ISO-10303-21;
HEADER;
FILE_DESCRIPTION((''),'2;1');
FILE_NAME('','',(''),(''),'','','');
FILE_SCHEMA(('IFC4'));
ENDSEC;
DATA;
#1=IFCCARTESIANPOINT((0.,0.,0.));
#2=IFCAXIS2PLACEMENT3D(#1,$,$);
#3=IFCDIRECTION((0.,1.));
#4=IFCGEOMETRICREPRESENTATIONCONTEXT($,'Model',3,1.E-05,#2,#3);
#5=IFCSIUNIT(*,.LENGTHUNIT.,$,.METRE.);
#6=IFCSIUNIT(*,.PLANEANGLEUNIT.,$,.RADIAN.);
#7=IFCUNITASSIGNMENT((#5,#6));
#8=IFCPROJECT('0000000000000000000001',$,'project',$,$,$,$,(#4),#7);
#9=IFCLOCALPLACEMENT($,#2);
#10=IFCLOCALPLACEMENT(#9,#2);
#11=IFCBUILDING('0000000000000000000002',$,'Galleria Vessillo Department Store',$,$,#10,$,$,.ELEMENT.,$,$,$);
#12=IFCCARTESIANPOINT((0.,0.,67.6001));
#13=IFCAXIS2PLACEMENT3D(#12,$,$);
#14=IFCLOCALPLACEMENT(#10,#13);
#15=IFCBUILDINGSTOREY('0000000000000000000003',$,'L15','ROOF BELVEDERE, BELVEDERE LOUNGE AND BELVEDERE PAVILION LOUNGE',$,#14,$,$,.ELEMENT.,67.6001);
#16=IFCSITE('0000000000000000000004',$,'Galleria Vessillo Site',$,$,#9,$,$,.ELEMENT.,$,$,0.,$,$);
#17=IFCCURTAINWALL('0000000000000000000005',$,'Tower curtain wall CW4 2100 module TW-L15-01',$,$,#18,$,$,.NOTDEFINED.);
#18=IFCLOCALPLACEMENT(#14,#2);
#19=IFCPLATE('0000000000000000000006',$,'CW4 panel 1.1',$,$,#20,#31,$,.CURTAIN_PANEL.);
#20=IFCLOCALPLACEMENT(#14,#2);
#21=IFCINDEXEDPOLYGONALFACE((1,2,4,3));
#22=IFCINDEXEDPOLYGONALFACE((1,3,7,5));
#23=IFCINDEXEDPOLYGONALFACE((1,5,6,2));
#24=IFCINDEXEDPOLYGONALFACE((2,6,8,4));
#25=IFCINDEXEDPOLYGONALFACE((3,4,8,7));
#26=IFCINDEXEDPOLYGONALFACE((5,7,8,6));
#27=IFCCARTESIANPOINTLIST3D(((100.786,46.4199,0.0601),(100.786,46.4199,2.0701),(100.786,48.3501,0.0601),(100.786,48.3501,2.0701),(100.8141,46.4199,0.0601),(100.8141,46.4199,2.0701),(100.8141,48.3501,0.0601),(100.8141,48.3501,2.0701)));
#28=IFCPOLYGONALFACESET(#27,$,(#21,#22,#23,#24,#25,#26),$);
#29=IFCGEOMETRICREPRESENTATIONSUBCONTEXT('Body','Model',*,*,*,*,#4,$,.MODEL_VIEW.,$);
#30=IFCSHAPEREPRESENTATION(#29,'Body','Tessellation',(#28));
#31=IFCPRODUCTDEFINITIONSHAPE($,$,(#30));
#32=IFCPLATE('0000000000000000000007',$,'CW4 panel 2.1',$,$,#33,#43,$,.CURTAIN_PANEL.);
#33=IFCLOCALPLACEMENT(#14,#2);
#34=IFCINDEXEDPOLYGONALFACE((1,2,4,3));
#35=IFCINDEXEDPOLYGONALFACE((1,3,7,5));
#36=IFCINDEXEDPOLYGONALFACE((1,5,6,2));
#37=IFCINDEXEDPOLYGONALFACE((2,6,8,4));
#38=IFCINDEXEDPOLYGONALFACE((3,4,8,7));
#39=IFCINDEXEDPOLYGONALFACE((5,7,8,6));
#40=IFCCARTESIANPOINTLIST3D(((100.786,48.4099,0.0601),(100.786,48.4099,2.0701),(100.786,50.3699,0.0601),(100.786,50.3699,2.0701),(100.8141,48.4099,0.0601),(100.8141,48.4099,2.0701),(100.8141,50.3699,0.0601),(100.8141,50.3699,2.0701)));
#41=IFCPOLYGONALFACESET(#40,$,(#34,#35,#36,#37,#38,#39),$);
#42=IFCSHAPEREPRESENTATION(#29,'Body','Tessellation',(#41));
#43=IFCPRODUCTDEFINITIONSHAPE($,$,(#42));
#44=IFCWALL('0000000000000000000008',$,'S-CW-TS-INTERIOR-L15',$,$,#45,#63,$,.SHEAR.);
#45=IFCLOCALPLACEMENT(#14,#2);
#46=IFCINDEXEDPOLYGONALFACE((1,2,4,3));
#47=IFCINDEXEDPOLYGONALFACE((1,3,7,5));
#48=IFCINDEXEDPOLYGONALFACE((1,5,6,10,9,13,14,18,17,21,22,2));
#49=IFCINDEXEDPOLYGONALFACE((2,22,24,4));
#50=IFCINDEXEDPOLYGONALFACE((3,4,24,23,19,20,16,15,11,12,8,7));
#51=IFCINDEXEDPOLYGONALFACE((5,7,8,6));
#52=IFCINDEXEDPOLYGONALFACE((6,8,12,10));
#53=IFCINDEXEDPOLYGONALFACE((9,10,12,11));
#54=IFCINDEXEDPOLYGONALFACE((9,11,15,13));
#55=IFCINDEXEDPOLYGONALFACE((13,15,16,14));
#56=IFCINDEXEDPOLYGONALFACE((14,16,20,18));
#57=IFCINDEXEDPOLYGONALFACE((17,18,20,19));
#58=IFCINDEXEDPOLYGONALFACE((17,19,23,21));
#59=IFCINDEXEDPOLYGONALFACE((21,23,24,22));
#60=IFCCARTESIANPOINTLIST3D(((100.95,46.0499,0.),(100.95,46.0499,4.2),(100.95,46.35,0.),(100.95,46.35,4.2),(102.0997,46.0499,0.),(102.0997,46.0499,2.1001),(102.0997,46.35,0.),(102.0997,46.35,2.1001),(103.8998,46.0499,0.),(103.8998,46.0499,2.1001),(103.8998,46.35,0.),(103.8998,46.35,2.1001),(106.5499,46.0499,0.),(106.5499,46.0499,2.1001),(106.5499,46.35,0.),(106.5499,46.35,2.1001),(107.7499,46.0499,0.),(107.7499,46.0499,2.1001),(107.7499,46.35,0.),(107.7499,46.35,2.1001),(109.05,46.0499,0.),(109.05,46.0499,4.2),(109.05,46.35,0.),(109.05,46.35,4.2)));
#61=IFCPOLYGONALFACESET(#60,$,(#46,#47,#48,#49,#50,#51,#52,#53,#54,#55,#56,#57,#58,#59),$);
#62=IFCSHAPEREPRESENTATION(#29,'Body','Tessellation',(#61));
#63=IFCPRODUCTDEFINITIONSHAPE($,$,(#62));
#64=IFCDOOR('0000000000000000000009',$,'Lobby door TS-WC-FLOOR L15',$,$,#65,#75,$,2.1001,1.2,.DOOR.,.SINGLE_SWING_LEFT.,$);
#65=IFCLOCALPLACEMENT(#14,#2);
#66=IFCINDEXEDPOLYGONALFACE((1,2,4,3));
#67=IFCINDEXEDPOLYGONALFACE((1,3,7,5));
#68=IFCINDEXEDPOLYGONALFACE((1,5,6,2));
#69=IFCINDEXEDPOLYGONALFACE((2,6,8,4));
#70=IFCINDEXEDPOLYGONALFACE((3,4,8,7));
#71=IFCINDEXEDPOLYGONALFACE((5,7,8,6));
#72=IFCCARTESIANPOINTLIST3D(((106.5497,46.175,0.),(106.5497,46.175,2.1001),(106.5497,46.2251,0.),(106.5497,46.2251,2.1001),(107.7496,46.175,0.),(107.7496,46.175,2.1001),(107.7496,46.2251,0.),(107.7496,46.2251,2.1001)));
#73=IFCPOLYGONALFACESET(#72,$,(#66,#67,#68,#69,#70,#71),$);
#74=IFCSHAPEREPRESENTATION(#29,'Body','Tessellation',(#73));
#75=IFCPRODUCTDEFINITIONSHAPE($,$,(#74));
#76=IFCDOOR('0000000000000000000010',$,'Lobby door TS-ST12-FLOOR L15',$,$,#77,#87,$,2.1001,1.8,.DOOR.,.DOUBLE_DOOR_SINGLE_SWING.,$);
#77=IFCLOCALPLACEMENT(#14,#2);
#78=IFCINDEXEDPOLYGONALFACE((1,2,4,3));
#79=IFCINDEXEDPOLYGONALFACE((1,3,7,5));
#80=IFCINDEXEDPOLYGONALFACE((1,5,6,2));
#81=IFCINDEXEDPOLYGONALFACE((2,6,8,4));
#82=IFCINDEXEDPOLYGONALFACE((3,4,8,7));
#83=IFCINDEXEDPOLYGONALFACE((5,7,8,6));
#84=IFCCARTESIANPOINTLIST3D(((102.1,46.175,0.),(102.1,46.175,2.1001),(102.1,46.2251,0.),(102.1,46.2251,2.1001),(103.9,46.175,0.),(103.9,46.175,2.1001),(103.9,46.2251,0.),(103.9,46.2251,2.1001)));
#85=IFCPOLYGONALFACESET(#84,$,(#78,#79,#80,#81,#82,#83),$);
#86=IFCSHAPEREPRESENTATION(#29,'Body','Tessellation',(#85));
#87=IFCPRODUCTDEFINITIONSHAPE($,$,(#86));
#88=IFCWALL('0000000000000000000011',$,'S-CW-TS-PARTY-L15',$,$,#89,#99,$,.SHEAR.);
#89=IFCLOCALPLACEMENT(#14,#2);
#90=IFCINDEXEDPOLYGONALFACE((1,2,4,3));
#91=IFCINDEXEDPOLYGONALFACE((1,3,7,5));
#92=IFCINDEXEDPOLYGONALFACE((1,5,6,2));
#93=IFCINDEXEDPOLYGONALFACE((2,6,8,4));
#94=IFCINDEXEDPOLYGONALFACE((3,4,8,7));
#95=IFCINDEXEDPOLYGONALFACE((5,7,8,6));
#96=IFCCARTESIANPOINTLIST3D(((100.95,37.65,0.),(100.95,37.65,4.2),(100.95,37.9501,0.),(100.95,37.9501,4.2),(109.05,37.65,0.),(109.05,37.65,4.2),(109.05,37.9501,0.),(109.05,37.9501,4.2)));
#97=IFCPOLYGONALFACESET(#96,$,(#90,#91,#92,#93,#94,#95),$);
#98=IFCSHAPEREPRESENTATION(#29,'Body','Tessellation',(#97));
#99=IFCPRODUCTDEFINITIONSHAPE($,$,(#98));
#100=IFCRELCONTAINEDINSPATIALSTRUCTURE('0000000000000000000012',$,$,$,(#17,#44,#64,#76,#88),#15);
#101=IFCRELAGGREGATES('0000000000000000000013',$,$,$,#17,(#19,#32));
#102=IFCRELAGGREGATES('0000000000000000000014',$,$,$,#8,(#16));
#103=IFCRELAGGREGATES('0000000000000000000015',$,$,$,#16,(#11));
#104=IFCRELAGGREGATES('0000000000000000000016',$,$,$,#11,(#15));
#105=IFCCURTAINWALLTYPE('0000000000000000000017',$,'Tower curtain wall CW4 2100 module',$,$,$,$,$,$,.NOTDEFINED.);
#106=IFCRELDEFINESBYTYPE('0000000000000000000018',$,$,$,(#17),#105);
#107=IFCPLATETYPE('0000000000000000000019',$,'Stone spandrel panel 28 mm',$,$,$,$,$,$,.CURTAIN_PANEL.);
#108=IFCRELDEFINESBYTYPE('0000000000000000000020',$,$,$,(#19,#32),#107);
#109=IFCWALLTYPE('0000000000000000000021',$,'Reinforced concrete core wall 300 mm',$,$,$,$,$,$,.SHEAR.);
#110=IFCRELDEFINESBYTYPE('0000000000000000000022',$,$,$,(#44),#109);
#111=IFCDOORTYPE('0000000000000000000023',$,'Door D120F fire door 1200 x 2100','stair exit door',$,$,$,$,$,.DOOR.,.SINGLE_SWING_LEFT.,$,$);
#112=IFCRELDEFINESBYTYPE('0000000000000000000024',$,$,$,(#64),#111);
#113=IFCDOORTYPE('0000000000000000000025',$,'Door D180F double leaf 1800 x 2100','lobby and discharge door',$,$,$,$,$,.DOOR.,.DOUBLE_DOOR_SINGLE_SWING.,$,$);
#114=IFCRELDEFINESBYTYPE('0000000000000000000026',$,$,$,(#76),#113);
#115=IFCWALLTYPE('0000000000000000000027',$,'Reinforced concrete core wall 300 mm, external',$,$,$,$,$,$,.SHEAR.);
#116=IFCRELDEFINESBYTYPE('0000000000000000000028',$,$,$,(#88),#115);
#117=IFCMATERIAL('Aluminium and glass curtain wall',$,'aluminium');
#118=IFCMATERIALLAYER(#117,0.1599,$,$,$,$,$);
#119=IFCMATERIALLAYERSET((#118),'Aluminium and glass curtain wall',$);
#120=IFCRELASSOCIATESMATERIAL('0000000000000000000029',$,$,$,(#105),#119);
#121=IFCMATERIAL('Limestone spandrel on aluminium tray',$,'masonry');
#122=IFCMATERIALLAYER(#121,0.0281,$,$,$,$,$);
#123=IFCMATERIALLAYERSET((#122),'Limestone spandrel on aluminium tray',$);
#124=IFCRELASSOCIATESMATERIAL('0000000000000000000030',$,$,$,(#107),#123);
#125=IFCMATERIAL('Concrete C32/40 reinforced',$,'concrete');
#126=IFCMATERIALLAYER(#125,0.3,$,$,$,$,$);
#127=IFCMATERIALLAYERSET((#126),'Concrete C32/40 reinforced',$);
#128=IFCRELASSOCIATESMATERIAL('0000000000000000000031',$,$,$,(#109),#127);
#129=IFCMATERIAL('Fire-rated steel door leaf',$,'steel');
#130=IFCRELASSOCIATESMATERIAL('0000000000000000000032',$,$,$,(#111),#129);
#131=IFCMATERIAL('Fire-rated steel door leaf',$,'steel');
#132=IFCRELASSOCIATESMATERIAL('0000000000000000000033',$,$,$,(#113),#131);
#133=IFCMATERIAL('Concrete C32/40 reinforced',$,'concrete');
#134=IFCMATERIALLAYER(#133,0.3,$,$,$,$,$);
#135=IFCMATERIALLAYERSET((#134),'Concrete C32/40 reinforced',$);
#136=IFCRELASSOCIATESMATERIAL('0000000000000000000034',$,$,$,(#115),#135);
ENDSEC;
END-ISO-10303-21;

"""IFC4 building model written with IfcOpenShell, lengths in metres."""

from ifc_helpers import new_model, si_unit, direction, frame, frame_2d, origin, origin_2d, place, context, subcontext, project, spatial, rectangle, extrude, material, layer, layer_set, type_object, element, fill, aggregate, save


model = new_model("IFC4")

# Units and contexts
model_context = context("Model", 3, precision=1e-05, world=origin(), true_north=direction((0.0, 1.0)))
body_context = subcontext(model_context, "Body", "Model", "MODEL_VIEW")
ifc_project = project(units=[si_unit("LENGTHUNIT", "METRE"), si_unit("PLANEANGLEUNIT", "RADIAN")], contexts=[model_context])

# Site, building, storey
site_placement = place(None, origin())
site = spatial("IfcSite", under=ifc_project, at=site_placement, Name="Galleria Vessillo Site", CompositionType="ELEMENT", RefElevation=0.0)
building_placement = place(site_placement, origin())
building = spatial("IfcBuilding", under=site, at=building_placement, Name="Galleria Vessillo Department Store", CompositionType="ELEMENT")
storey_placement = place(building_placement, frame((0.0, 0.0, 67.6001)))
storey = spatial("IfcBuildingStorey", under=building, at=storey_placement, Name="L15", Description="ROOF BELVEDERE, BELVEDERE LOUNGE AND BELVEDERE PAVILION LOUNGE", CompositionType="ELEMENT", Elevation=67.6001)

# Curtain wall
ifc_material_1 = material(Name="Aluminium and glass curtain wall", Category="aluminium")
ifc_layer_1 = layer(ifc_material_1, 0.1599)
ifc_layer_set_1 = layer_set([ifc_layer_1], Name="Aluminium and glass curtain wall")
curtain_wall_type = type_object("IfcCurtainWallType", Name="Tower curtain wall CW4 2100 module", PredefinedType="NOTDEFINED", material=ifc_layer_set_1)
curtain_wall_placement = place(storey_placement, origin())
curtain_wall = element("IfcCurtainWall", 1, at=curtain_wall_placement, inside=storey, type_object=curtain_wall_type, Name="Tower curtain wall CW4 2100 module TW-L15-01", PredefinedType="NOTDEFINED")

# Plates
ifc_material_2 = material(Name="Limestone spandrel on aluminium tray", Category="masonry")
ifc_layer_2 = layer(ifc_material_2, 0.0281)
ifc_layer_set_2 = layer_set([ifc_layer_2], Name="Limestone spandrel on aluminium tray")
plate_type_1 = type_object("IfcPlateType", Name="Stone spandrel panel 28 mm", PredefinedType="CURTAIN_PANEL", material=ifc_layer_set_2)
plate_1_placement = place(storey_placement, frame((100.8, 47.385, 0.0601), z_axis=(0.0, 0.0, 1.0), x_axis=(0.0, 1.0, 0.0)))
plate_1 = element("IfcPlate", 2, at=plate_1_placement, type_object=plate_type_1, Name="CW4 panel 1.1", PredefinedType="CURTAIN_PANEL", context=body_context, shape_type="SweptSolid", body=[
    extrude(rectangle(XDim=1.9302, YDim=0.0281, at=origin_2d()), origin(), (0.0, 0.0, 1.0), 2.01),
])
plate_2_placement = place(storey_placement, frame((100.8, 49.3899, 0.0601), z_axis=(0.0, 0.0, 1.0), x_axis=(0.0, 1.0, 0.0)))
plate_2 = element("IfcPlate", 3, at=plate_2_placement, type_object=plate_type_1, Name="CW4 panel 2.1", PredefinedType="CURTAIN_PANEL", context=body_context, shape_type="SweptSolid", body=[
    extrude(rectangle(XDim=1.96, YDim=0.0281, at=origin_2d()), origin(), (0.0, 0.0, 1.0), 2.01),
])
aggregate(curtain_wall, [plate_1, plate_2])

# Wall, openings, doors
ifc_material_3 = material(Name="Concrete C32/40 reinforced", Category="concrete")
ifc_layer_3 = layer(ifc_material_3, 0.3)
ifc_layer_set_3 = layer_set([ifc_layer_3], Name="Concrete C32/40 reinforced")
wall_type_1 = type_object("IfcWallType", Name="Reinforced concrete core wall 300 mm", PredefinedType="SHEAR", material=ifc_layer_set_3)
wall_1_placement = place(storey_placement, frame((100.95, 46.2, 0.0), z_axis=(0.0, 0.0, 1.0), x_axis=(1.0, 0.0, 0.0)))
wall_1 = element("IfcWall", 4, at=wall_1_placement, inside=storey, type_object=wall_type_1, Name="S-CW-TS-INTERIOR-L15", PredefinedType="SHEAR", context=body_context, shape_type="SweptSolid", body=[
    extrude(rectangle(XDim=8.1001, YDim=0.3, at=frame_2d((4.05, 0.0))), origin(), (0.0, 0.0, 1.0), 4.2),
])
opening_1_placement = place(wall_1_placement, frame((1.1499, 0.0, 0.0)))
opening_1 = element("IfcOpeningElement", 5, at=opening_1_placement, cuts=wall_1, PredefinedType="OPENING", context=body_context, shape_type="SweptSolid", body=[
    extrude(rectangle(XDim=1.8, YDim=2.1001, at=frame_2d((0.8999, 1.05))), frame((0.0, 0.1602, 0.0), z_axis=(0.0, -1.0, 0.0), x_axis=(1.0, 0.0, 0.0)), (0.0, 0.0, 1.0), 0.3201),
])
opening_2_placement = place(wall_1_placement, frame((5.5999, 0.0, 0.0)))
opening_2 = element("IfcOpeningElement", 6, at=opening_2_placement, cuts=wall_1, PredefinedType="OPENING", context=body_context, shape_type="SweptSolid", body=[
    extrude(rectangle(XDim=1.2, YDim=2.1001, at=frame_2d((0.6001, 1.05))), frame((0.0, 0.1602, 0.0), z_axis=(0.0, -1.0, 0.0), x_axis=(1.0, 0.0, 0.0)), (0.0, 0.0, 1.0), 0.3201),
])
ifc_material_4 = material(Name="Fire-rated steel door leaf", Category="steel")
door_type_1 = type_object("IfcDoorType", Name="Door D120F fire door 1200 x 2100", Description="stair exit door", OperationType="SINGLE_SWING_LEFT", PredefinedType="DOOR", material=ifc_material_4)
door_1_placement = place(opening_2_placement, frame((1.2, 0.0, 0.0), z_axis=(0.0, 0.0, 1.0), x_axis=(-1.0, 0.0, 0.0)))
door_1 = element("IfcDoor", 7, at=door_1_placement, inside=storey, type_object=door_type_1, Name="Lobby door TS-WC-FLOOR L15", OperationType="SINGLE_SWING_LEFT", OverallHeight=2.1001, OverallWidth=1.2, PredefinedType="DOOR", context=body_context, shape_type="SweptSolid", body=[
    extrude(rectangle(XDim=1.2, YDim=2.1001, at=frame_2d((0.6001, 1.05))), frame((0.0, 0.0249, 0.0), z_axis=(0.0, -1.0, 0.0), x_axis=(1.0, 0.0, 0.0)), (0.0, 0.0, 1.0), 0.05),
])
fill(opening_2, door_1)
ifc_material_5 = material(Name="Fire-rated steel door leaf", Category="steel")
door_type_2 = type_object("IfcDoorType", Name="Door D180F double leaf 1800 x 2100", Description="lobby and discharge door", OperationType="DOUBLE_DOOR_SINGLE_SWING", PredefinedType="DOOR", material=ifc_material_5)
door_2_placement = place(opening_1_placement, frame((1.8, 0.0, 0.0), z_axis=(0.0, 0.0, 1.0), x_axis=(-1.0, 0.0, 0.0)))
door_2 = element("IfcDoor", 8, at=door_2_placement, inside=storey, type_object=door_type_2, Name="Lobby door TS-ST12-FLOOR L15", OperationType="DOUBLE_DOOR_SINGLE_SWING", OverallHeight=2.1001, OverallWidth=1.8, PredefinedType="DOOR", context=body_context, shape_type="SweptSolid", body=[
    extrude(rectangle(XDim=1.8, YDim=2.1001, at=frame_2d((0.8999, 1.05))), frame((0.0, 0.0249, 0.0), z_axis=(0.0, -1.0, 0.0), x_axis=(1.0, 0.0, 0.0)), (0.0, 0.0, 1.0), 0.05),
])
fill(opening_1, door_2)

# Wall
ifc_material_6 = material(Name="Concrete C32/40 reinforced", Category="concrete")
ifc_layer_4 = layer(ifc_material_6, 0.3)
ifc_layer_set_4 = layer_set([ifc_layer_4], Name="Concrete C32/40 reinforced")
wall_type_2 = type_object("IfcWallType", Name="Reinforced concrete core wall 300 mm, external", PredefinedType="SHEAR", material=ifc_layer_set_4)
wall_2_placement = place(storey_placement, frame((100.95, 37.8, 0.0), z_axis=(0.0, 0.0, 1.0), x_axis=(1.0, 0.0, 0.0)))
element("IfcWall", 9, at=wall_2_placement, inside=storey, type_object=wall_type_2, Name="S-CW-TS-PARTY-L15", PredefinedType="SHEAR", context=body_context, shape_type="SweptSolid", body=[
    extrude(rectangle(XDim=8.1001, YDim=0.3, at=frame_2d((4.05, 0.0))), origin(), (0.0, 0.0, 1.0), 4.2),
])

save(model, "model.ifc")
